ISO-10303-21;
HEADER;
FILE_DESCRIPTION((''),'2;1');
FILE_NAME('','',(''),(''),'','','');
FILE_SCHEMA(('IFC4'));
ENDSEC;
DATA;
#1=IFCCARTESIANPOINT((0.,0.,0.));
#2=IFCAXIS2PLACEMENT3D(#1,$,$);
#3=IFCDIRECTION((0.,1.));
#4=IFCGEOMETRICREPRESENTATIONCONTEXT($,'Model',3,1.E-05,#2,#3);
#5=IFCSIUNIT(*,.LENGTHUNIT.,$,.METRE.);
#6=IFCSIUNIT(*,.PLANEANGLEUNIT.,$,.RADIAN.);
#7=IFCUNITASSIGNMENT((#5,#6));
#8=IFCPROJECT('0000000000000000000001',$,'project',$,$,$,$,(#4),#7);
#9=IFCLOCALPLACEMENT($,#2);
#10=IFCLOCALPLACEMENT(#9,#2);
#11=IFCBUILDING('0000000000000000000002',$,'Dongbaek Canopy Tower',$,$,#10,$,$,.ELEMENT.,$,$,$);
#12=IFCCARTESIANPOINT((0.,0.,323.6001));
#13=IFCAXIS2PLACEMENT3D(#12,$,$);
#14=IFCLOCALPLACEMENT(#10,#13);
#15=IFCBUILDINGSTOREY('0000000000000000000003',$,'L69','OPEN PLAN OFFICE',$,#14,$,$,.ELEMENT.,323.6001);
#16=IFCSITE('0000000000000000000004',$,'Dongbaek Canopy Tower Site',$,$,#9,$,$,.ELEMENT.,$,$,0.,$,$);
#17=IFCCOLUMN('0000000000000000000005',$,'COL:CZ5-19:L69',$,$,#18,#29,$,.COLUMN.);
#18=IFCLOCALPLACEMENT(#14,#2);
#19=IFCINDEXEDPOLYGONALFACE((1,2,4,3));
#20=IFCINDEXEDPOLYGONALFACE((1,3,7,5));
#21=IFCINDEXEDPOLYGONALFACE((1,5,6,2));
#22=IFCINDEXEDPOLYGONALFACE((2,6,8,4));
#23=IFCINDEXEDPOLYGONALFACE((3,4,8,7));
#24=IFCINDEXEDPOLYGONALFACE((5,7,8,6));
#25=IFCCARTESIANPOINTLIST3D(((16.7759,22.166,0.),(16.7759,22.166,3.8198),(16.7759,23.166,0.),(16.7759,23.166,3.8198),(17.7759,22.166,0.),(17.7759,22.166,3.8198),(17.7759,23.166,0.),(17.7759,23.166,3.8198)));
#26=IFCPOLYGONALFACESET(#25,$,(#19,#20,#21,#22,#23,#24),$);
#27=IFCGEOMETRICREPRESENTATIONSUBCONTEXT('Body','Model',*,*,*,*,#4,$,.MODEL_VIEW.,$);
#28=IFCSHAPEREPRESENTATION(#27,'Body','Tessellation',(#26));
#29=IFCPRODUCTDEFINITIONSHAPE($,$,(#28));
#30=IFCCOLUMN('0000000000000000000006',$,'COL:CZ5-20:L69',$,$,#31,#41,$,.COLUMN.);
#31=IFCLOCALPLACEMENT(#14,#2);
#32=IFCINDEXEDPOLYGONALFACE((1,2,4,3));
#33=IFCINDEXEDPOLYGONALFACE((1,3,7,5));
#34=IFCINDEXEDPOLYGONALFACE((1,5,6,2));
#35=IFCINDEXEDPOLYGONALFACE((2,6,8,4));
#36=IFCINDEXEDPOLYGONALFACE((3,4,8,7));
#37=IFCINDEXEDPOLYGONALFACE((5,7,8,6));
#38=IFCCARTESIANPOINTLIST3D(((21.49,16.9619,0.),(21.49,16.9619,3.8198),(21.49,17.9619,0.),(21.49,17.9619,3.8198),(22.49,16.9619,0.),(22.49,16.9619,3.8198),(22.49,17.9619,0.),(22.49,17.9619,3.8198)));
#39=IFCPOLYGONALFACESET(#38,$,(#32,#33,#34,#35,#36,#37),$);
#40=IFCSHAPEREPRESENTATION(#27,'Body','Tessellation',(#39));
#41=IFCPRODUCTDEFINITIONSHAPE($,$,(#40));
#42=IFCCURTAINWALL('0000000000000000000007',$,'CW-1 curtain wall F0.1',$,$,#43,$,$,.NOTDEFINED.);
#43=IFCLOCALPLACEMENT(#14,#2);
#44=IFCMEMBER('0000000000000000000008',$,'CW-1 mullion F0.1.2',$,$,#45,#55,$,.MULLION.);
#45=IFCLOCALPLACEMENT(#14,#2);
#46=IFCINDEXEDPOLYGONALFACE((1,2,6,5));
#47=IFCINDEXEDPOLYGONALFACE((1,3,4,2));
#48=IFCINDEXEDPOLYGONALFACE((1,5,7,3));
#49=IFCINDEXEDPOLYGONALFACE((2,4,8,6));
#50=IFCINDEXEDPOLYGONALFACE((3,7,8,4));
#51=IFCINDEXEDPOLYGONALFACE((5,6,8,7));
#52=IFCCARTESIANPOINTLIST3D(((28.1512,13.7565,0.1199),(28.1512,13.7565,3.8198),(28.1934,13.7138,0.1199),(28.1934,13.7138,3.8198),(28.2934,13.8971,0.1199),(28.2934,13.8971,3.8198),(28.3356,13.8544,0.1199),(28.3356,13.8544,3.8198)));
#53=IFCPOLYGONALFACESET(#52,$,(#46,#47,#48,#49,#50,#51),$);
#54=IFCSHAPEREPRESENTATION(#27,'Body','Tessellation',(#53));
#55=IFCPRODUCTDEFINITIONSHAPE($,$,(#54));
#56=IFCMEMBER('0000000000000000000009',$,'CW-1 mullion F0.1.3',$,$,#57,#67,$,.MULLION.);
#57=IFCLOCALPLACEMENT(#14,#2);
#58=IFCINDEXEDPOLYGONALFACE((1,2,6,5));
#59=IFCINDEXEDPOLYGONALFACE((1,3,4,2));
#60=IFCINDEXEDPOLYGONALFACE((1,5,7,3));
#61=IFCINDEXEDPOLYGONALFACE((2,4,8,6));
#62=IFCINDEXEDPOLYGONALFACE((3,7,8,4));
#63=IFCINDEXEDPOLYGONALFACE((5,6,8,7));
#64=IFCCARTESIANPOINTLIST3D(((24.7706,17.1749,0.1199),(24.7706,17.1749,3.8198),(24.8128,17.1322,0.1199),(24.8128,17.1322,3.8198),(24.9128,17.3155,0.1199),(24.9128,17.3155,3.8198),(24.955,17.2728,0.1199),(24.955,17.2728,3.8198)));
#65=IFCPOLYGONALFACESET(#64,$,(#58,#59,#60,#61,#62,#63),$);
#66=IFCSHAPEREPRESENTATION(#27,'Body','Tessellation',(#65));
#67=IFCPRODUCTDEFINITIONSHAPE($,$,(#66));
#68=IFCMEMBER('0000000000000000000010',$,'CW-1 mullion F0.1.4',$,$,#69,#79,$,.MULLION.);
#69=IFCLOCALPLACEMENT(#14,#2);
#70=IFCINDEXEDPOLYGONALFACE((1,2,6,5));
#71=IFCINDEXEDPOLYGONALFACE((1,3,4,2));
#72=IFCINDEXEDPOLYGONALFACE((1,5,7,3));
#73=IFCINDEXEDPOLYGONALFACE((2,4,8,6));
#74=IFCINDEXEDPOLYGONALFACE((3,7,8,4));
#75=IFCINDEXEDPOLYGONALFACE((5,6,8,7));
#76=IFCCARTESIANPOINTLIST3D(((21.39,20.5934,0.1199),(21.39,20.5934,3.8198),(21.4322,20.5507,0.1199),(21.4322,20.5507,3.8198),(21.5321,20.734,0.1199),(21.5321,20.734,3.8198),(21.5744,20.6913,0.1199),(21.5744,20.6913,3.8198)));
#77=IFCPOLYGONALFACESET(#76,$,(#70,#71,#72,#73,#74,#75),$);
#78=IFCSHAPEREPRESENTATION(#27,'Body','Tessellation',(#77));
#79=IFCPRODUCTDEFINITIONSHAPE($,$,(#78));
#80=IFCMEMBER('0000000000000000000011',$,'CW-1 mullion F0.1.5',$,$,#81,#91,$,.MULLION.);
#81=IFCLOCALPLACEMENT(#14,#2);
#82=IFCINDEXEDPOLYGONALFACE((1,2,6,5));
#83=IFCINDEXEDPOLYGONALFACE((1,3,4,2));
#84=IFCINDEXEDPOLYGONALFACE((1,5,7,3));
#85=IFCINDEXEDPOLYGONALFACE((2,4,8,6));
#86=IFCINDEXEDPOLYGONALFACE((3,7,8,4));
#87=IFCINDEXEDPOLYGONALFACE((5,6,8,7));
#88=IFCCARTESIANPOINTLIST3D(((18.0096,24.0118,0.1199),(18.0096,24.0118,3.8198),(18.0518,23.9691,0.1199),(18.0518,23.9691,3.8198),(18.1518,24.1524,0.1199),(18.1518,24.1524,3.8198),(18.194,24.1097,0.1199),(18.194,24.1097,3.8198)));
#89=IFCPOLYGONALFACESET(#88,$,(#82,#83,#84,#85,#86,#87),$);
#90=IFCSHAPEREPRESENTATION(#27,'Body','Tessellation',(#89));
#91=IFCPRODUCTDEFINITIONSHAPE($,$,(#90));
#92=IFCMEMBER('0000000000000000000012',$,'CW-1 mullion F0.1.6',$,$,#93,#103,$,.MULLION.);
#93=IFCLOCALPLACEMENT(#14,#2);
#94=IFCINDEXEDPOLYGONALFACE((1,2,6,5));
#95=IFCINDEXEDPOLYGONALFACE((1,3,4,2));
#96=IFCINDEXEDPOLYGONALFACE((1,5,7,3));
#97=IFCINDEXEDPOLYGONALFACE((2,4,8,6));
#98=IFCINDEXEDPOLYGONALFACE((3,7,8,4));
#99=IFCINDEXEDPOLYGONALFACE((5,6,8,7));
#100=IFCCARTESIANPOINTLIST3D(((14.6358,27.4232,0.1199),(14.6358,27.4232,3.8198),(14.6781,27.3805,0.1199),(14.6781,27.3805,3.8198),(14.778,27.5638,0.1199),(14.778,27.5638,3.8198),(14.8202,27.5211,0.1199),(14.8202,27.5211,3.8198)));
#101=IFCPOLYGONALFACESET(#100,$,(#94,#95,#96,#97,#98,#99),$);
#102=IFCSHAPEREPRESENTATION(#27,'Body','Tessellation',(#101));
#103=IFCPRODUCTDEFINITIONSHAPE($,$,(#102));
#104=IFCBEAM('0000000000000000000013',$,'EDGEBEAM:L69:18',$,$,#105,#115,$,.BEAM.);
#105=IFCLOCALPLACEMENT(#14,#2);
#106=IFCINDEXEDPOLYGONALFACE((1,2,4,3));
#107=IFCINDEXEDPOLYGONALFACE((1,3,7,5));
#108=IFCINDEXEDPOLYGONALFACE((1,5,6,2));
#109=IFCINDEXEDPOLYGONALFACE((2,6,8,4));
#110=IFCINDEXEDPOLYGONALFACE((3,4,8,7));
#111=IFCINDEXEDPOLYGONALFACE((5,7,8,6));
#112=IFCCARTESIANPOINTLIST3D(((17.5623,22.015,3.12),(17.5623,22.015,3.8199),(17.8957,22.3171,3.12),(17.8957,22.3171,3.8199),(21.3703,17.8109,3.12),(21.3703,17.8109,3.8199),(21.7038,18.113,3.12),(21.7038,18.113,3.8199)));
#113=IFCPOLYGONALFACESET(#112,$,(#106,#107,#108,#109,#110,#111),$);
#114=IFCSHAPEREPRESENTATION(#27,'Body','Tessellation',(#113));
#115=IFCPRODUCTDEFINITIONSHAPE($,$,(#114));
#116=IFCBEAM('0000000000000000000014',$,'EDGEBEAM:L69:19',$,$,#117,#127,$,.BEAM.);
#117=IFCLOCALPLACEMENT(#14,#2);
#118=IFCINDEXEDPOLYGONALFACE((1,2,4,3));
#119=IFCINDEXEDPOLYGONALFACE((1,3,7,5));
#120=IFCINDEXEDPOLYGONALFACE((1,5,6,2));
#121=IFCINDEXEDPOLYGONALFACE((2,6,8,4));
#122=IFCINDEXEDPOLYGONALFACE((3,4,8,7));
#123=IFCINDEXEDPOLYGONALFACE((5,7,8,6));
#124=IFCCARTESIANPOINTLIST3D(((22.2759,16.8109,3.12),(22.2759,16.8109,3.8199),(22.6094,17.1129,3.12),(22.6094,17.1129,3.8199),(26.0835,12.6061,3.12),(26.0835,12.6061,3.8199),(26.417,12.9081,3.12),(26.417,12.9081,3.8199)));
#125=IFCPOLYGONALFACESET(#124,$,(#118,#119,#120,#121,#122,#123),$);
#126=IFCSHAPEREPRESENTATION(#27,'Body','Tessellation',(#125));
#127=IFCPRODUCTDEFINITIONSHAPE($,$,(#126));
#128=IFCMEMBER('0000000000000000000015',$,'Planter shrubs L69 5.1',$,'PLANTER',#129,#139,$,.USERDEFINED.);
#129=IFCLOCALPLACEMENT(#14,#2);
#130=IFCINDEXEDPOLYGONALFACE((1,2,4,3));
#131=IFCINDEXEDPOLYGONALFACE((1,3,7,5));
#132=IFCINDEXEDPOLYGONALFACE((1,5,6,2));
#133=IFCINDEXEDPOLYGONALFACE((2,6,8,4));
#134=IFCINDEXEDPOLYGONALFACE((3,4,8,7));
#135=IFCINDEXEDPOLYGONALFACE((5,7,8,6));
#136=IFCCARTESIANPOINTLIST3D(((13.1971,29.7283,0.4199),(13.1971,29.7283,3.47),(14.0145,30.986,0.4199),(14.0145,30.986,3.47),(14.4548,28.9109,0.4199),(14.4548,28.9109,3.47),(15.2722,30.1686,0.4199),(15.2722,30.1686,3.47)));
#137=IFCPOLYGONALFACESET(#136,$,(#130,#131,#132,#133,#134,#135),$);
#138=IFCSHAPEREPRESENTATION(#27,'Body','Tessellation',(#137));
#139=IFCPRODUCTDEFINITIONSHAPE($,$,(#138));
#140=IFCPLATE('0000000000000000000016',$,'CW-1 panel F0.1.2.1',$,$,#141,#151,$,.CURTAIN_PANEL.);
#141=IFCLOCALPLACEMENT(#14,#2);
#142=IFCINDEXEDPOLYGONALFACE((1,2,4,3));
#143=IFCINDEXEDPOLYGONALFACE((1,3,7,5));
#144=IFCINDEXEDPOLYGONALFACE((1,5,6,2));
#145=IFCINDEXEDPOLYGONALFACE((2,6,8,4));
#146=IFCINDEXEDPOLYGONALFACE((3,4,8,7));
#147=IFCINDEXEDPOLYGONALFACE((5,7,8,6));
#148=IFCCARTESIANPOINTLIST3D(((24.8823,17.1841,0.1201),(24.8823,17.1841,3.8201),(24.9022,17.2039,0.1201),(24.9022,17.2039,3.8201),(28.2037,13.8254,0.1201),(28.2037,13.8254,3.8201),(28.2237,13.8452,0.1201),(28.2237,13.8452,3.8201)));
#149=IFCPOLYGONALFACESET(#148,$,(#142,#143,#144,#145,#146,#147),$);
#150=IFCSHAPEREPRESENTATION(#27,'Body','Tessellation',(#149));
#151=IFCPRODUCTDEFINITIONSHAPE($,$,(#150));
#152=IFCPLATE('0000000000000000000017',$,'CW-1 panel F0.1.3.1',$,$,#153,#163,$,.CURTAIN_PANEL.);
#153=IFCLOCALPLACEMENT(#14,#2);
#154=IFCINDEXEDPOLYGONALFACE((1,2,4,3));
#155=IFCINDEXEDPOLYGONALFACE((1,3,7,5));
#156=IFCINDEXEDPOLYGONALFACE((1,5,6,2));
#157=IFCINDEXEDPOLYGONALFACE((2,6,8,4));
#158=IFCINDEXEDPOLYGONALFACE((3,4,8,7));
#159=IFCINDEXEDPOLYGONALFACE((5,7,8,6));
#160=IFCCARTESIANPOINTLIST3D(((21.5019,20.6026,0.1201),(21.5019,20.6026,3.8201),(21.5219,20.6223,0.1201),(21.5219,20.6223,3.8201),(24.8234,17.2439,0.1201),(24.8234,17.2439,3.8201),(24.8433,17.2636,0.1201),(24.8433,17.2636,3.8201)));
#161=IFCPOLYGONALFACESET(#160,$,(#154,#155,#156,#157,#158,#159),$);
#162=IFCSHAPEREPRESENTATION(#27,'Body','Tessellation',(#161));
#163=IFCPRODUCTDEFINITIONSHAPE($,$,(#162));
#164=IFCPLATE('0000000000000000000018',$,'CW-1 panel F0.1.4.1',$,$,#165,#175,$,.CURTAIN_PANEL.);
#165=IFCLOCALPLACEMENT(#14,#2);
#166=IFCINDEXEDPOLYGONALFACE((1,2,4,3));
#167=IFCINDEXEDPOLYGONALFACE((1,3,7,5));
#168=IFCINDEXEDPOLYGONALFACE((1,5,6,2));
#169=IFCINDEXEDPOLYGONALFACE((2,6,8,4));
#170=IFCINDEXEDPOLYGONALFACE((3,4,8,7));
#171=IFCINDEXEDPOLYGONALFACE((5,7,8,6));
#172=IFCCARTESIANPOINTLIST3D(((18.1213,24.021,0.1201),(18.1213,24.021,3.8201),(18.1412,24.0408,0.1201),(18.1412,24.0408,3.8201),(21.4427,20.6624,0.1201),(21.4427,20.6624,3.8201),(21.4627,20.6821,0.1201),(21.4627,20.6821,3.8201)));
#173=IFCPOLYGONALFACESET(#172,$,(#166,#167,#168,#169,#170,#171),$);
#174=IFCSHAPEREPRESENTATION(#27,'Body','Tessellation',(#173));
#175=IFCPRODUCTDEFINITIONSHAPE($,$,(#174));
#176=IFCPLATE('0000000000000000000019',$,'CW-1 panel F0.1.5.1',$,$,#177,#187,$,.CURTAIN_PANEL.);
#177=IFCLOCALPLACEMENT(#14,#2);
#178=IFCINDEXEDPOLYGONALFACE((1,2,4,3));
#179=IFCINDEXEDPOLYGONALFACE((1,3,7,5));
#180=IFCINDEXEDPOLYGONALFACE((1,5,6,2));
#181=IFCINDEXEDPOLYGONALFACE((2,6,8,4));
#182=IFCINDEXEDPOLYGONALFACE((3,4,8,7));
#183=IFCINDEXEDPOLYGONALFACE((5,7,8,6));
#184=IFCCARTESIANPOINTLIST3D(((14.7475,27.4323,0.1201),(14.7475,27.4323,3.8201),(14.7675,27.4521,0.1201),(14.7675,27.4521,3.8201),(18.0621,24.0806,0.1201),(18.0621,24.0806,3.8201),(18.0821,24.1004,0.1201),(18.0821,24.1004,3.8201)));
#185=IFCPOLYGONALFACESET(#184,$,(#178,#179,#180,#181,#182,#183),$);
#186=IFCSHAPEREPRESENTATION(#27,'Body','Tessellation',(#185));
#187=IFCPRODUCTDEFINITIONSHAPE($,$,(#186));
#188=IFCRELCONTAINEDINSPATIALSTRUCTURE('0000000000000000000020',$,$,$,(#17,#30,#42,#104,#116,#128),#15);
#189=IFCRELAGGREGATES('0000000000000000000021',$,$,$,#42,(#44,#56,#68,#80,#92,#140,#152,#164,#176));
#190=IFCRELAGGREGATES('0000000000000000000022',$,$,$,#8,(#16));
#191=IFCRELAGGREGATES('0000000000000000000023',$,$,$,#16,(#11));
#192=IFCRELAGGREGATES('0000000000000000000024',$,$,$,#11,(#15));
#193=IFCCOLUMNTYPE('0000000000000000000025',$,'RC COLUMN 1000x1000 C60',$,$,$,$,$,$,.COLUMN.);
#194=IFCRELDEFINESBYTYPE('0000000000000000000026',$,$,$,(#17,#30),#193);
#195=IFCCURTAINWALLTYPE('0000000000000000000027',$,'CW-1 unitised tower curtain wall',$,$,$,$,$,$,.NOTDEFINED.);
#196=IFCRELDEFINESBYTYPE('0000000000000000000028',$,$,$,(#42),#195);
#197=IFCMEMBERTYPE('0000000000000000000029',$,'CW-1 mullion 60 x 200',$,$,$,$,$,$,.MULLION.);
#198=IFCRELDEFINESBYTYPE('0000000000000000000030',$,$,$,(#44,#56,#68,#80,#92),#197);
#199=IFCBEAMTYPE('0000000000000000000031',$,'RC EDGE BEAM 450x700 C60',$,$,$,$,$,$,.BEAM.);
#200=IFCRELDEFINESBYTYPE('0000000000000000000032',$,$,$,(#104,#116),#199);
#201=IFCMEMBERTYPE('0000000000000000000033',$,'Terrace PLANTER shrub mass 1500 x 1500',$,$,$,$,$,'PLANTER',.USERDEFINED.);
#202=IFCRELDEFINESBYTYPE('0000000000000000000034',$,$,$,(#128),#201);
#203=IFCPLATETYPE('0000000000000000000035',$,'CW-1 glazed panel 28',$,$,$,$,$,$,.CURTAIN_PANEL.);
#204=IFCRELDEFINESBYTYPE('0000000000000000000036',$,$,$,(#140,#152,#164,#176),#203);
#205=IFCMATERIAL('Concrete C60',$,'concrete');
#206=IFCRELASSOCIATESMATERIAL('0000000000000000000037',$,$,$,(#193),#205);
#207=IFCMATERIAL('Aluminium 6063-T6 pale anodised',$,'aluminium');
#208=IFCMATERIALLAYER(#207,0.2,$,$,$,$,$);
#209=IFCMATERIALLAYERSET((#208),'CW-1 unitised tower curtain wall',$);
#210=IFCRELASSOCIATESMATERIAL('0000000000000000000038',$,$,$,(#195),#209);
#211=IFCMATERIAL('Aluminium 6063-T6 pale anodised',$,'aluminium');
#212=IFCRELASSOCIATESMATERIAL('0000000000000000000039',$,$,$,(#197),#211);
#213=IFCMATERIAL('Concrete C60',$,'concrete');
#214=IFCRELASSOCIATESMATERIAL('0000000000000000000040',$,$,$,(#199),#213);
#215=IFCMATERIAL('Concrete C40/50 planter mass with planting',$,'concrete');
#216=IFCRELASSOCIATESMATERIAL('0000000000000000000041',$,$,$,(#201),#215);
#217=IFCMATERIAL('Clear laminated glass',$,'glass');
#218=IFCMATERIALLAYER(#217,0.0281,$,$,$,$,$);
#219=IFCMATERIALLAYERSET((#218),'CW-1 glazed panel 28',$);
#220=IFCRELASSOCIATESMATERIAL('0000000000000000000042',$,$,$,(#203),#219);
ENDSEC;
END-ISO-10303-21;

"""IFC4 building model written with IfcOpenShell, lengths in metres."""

from ifc_helpers import new_model, si_unit, direction, frame, origin, origin_2d, place, context, subcontext, project, spatial, rectangle, extrude, material, layer, layer_set, material_profile, profile_set, type_object, element, aggregate, save


model = new_model("IFC4")

# Units and contexts
model_context = context("Model", 3, precision=1e-05, world=origin(), true_north=direction((0.0, 1.0)))
body_context = subcontext(model_context, "Body", "Model", "MODEL_VIEW")
ifc_project = project(units=[si_unit("LENGTHUNIT", "METRE"), si_unit("PLANEANGLEUNIT", "RADIAN")], contexts=[model_context])

# Site, building, storey
site_placement = place(None, origin())
site = spatial("IfcSite", under=ifc_project, at=site_placement, Name="Dongbaek Canopy Tower Site", CompositionType="ELEMENT", RefElevation=0.0)
building_placement = place(site_placement, origin())
building = spatial("IfcBuilding", under=site, at=building_placement, Name="Dongbaek Canopy Tower", CompositionType="ELEMENT")
storey_placement = place(building_placement, frame((0.0, 0.0, 323.6001)))
storey = spatial("IfcBuildingStorey", under=building, at=storey_placement, Name="L69", Description="OPEN PLAN OFFICE", CompositionType="ELEMENT", Elevation=323.6001)

# Columns
ifc_material_1 = material(Name="Concrete C60", Category="concrete")
ifc_material_profile_1 = material_profile(ifc_material_1, rectangle(XDim=1.0, YDim=1.0, at=origin_2d()), Name="RC COLUMN 1000x1000 C60")
ifc_profile_set_1 = profile_set([ifc_material_profile_1], Name="Concrete C60")
column_type = type_object("IfcColumnType", Name="RC COLUMN 1000x1000 C60", PredefinedType="COLUMN", material=ifc_profile_set_1)
for number, where, z_axis, x_axis, name in (
    (1, (17.2759, 22.666, 0.0), (0.0, 0.0, 1.0), (1.0, 0.0, 0.0), "COL:CZ5-19:L69"),
    (2, (21.99, 17.4619, 0.0), (0.0, 0.0, 1.0), (1.0, 0.0, 0.0), "COL:CZ5-20:L69"),
):
    element("IfcColumn", number, at=place(storey_placement, frame(where, z_axis=z_axis, x_axis=x_axis)), inside=storey, type_object=column_type, Name=name, PredefinedType="COLUMN", context=body_context, shape_type="SweptSolid", body=[
        extrude(rectangle(XDim=1.0, YDim=1.0, at=origin_2d()), origin(), (0.0, 0.0, 1.0), 3.8198),
    ])

# Curtain wall, members
ifc_material_2 = material(Name="Aluminium 6063-T6 pale anodised", Category="aluminium")
ifc_layer_1 = layer(ifc_material_2, 0.2)
ifc_layer_set_1 = layer_set([ifc_layer_1], Name="CW-1 unitised tower curtain wall")
curtain_wall_type = type_object("IfcCurtainWallType", Name="CW-1 unitised tower curtain wall", PredefinedType="NOTDEFINED", material=ifc_layer_set_1)
curtain_wall_1_placement = place(storey_placement, origin())
curtain_wall_1 = element("IfcCurtainWall", 3, at=curtain_wall_1_placement, inside=storey, type_object=curtain_wall_type, Name="CW-1 curtain wall F0.1", PredefinedType="NOTDEFINED")
ifc_material_3 = material(Name="Aluminium 6063-T6 pale anodised", Category="aluminium")
ifc_material_profile_2 = material_profile(ifc_material_3, rectangle(XDim=0.2, YDim=0.0601, at=origin_2d()), Name="CW-1 mullion 60 x 200")
ifc_profile_set_2 = profile_set([ifc_material_profile_2], Name="Aluminium 6063-T6 pale anodised")
member_type_1 = type_object("IfcMemberType", Name="CW-1 mullion 60 x 200", PredefinedType="MULLION", material=ifc_profile_set_2)
member_1_placement = place(storey_placement, frame((28.2434, 13.8054, 0.1199), z_axis=(0.0, 0.0, 1.0), x_axis=(0.711035, 0.703156, 0.0)))
member_1 = element("IfcMember", 4, at=member_1_placement, type_object=member_type_1, Name="CW-1 mullion F0.1.2", PredefinedType="MULLION", context=body_context, shape_type="SweptSolid", body=[
    extrude(rectangle(XDim=0.2, YDim=0.0601, at=origin_2d()), origin(), (0.0, 0.0, 1.0), 3.7),
])
member_2_placement = place(storey_placement, frame((24.8628, 17.2239, 0.1199), z_axis=(0.0, 0.0, 1.0), x_axis=(0.711035, 0.703156, 0.0)))
member_2 = element("IfcMember", 5, at=member_2_placement, type_object=member_type_1, Name="CW-1 mullion F0.1.3", PredefinedType="MULLION", context=body_context, shape_type="SweptSolid", body=[
    extrude(rectangle(XDim=0.2, YDim=0.0601, at=origin_2d()), origin(), (0.0, 0.0, 1.0), 3.7),
])
member_3_placement = place(storey_placement, frame((21.4822, 20.6423, 0.1199), z_axis=(0.0, 0.0, 1.0), x_axis=(0.711035, 0.703156, 0.0)))
member_3 = element("IfcMember", 6, at=member_3_placement, type_object=member_type_1, Name="CW-1 mullion F0.1.4", PredefinedType="MULLION", context=body_context, shape_type="SweptSolid", body=[
    extrude(rectangle(XDim=0.2, YDim=0.0601, at=origin_2d()), origin(), (0.0, 0.0, 1.0), 3.7),
])
member_4_placement = place(storey_placement, frame((18.1018, 24.0608, 0.1199), z_axis=(0.0, 0.0, 1.0), x_axis=(0.711035, 0.703156, 0.0)))
member_4 = element("IfcMember", 7, at=member_4_placement, type_object=member_type_1, Name="CW-1 mullion F0.1.5", PredefinedType="MULLION", context=body_context, shape_type="SweptSolid", body=[
    extrude(rectangle(XDim=0.2, YDim=0.0601, at=origin_2d()), origin(), (0.0, 0.0, 1.0), 3.7),
])
member_5_placement = place(storey_placement, frame((14.728, 27.4722, 0.1199), z_axis=(0.0, 0.0, 1.0), x_axis=(0.711035, 0.703156, 0.0)))
member_5 = element("IfcMember", 8, at=member_5_placement, type_object=member_type_1, Name="CW-1 mullion F0.1.6", PredefinedType="MULLION", context=body_context, shape_type="SweptSolid", body=[
    extrude(rectangle(XDim=0.2, YDim=0.0601, at=origin_2d()), origin(), (0.0, 0.0, 1.0), 3.7),
])

# Beams
ifc_material_4 = material(Name="Concrete C60", Category="concrete")
ifc_material_profile_3 = material_profile(ifc_material_4, rectangle(XDim=0.45, YDim=0.7, at=origin_2d()), Name="RC EDGE BEAM 450x700 C60")
ifc_profile_set_3 = profile_set([ifc_material_profile_3], Name="Concrete C60")
beam_type = type_object("IfcBeamType", Name="RC EDGE BEAM 450x700 C60", PredefinedType="BEAM", material=ifc_profile_set_3)
beam_1_placement = place(storey_placement, frame((17.729, 22.166, 3.47), z_axis=(0.671339, -0.74115, 0.0), x_axis=(0.74115, 0.671339, 0.0)))
element("IfcBeam", 9, at=beam_1_placement, inside=storey, type_object=beam_type, Name="EDGEBEAM:L69:18", PredefinedType="BEAM", context=body_context, shape_type="SweptSolid", body=[
    extrude(rectangle(XDim=0.45, YDim=0.7, at=origin_2d()), origin(), (0.0, 0.0, 1.0), 5.6724),
])
beam_2_placement = place(storey_placement, frame((22.4426, 16.9619, 3.47), z_axis=(0.671228, -0.741251, 0.0), x_axis=(0.741251, 0.671228, 0.0)))
element("IfcBeam", 10, at=beam_2_placement, inside=storey, type_object=beam_type, Name="EDGEBEAM:L69:19", PredefinedType="BEAM", context=body_context, shape_type="SweptSolid", body=[
    extrude(rectangle(XDim=0.45, YDim=0.7, at=origin_2d()), origin(), (0.0, 0.0, 1.0), 5.6726),
])

# Member
ifc_material_5 = material(Name="Concrete C40/50 planter mass with planting", Category="concrete")
ifc_material_profile_4 = material_profile(ifc_material_5, rectangle(XDim=1.5, YDim=1.5, at=origin_2d()), Name="Terrace PLANTER shrub mass 1500 x 1500")
ifc_profile_set_4 = profile_set([ifc_material_profile_4], Name="Concrete C40/50 planter mass with planting")
member_type_2 = type_object("IfcMemberType", Name="Terrace PLANTER shrub mass 1500 x 1500", ElementType="PLANTER", PredefinedType="USERDEFINED", material=ifc_profile_set_4)
member_6_placement = place(storey_placement, frame((14.2346, 29.9485, 0.4199), z_axis=(0.0, 0.0, 1.0), x_axis=(0.544949, 0.838469, 0.0)))
element("IfcMember", 11, at=member_6_placement, inside=storey, type_object=member_type_2, Name="Planter shrubs L69 5.1", ObjectType="PLANTER", PredefinedType="USERDEFINED", context=body_context, shape_type="SweptSolid", body=[
    extrude(rectangle(XDim=1.5, YDim=1.5, at=origin_2d()), origin(), (0.0, 0.0, 1.0), 3.05),
])

# Plates
ifc_material_6 = material(Name="Clear laminated glass", Category="glass")
ifc_layer_2 = layer(ifc_material_6, 0.0281)
ifc_layer_set_2 = layer_set([ifc_layer_2], Name="CW-1 glazed panel 28")
plate_type = type_object("IfcPlateType", Name="CW-1 glazed panel 28", PredefinedType="CURTAIN_PANEL", material=ifc_layer_set_2)
plate_1_placement = place(storey_placement, frame((26.553, 15.5146, 0.1201), z_axis=(0.0, 0.0, 1.0), x_axis=(-0.703156, 0.711035, 0.0)))
plate_1 = element("IfcPlate", 12, at=plate_1_placement, type_object=plate_type, Name="CW-1 panel F0.1.2.1", PredefinedType="CURTAIN_PANEL", context=body_context, shape_type="SweptSolid", body=[
    extrude(rectangle(XDim=4.7236, YDim=0.0281, at=origin_2d()), origin(), (0.0, 0.0, 1.0), 3.7),
])
plate_2_placement = place(storey_placement, frame((23.1726, 18.9331, 0.1201), z_axis=(0.0, 0.0, 1.0), x_axis=(-0.703156, 0.711035, 0.0)))
plate_2 = element("IfcPlate", 13, at=plate_2_placement, type_object=plate_type, Name="CW-1 panel F0.1.3.1", PredefinedType="CURTAIN_PANEL", context=body_context, shape_type="SweptSolid", body=[
    extrude(rectangle(XDim=4.7236, YDim=0.0281, at=origin_2d()), origin(), (0.0, 0.0, 1.0), 3.7),
])
plate_3_placement = place(storey_placement, frame((19.792, 22.3516, 0.1201), z_axis=(0.0, 0.0, 1.0), x_axis=(-0.703156, 0.711035, 0.0)))
plate_3 = element("IfcPlate", 14, at=plate_3_placement, type_object=plate_type, Name="CW-1 panel F0.1.4.1", PredefinedType="CURTAIN_PANEL", context=body_context, shape_type="SweptSolid", body=[
    extrude(rectangle(XDim=4.7236, YDim=0.0281, at=origin_2d()), origin(), (0.0, 0.0, 1.0), 3.7),
])
plate_4_placement = place(storey_placement, frame((16.4148, 25.7664, 0.1201), z_axis=(0.0, 0.0, 1.0), x_axis=(-0.703156, 0.711035, 0.0)))
plate_4 = element("IfcPlate", 15, at=plate_4_placement, type_object=plate_type, Name="CW-1 panel F0.1.5.1", PredefinedType="CURTAIN_PANEL", context=body_context, shape_type="SweptSolid", body=[
    extrude(rectangle(XDim=4.7139, YDim=0.0281, at=origin_2d()), origin(), (0.0, 0.0, 1.0), 3.7),
])

aggregate(curtain_wall_1, [member_1, member_2, member_3, member_4, member_5, plate_1, plate_2, plate_3, plate_4])

save(model, "model.ifc")
